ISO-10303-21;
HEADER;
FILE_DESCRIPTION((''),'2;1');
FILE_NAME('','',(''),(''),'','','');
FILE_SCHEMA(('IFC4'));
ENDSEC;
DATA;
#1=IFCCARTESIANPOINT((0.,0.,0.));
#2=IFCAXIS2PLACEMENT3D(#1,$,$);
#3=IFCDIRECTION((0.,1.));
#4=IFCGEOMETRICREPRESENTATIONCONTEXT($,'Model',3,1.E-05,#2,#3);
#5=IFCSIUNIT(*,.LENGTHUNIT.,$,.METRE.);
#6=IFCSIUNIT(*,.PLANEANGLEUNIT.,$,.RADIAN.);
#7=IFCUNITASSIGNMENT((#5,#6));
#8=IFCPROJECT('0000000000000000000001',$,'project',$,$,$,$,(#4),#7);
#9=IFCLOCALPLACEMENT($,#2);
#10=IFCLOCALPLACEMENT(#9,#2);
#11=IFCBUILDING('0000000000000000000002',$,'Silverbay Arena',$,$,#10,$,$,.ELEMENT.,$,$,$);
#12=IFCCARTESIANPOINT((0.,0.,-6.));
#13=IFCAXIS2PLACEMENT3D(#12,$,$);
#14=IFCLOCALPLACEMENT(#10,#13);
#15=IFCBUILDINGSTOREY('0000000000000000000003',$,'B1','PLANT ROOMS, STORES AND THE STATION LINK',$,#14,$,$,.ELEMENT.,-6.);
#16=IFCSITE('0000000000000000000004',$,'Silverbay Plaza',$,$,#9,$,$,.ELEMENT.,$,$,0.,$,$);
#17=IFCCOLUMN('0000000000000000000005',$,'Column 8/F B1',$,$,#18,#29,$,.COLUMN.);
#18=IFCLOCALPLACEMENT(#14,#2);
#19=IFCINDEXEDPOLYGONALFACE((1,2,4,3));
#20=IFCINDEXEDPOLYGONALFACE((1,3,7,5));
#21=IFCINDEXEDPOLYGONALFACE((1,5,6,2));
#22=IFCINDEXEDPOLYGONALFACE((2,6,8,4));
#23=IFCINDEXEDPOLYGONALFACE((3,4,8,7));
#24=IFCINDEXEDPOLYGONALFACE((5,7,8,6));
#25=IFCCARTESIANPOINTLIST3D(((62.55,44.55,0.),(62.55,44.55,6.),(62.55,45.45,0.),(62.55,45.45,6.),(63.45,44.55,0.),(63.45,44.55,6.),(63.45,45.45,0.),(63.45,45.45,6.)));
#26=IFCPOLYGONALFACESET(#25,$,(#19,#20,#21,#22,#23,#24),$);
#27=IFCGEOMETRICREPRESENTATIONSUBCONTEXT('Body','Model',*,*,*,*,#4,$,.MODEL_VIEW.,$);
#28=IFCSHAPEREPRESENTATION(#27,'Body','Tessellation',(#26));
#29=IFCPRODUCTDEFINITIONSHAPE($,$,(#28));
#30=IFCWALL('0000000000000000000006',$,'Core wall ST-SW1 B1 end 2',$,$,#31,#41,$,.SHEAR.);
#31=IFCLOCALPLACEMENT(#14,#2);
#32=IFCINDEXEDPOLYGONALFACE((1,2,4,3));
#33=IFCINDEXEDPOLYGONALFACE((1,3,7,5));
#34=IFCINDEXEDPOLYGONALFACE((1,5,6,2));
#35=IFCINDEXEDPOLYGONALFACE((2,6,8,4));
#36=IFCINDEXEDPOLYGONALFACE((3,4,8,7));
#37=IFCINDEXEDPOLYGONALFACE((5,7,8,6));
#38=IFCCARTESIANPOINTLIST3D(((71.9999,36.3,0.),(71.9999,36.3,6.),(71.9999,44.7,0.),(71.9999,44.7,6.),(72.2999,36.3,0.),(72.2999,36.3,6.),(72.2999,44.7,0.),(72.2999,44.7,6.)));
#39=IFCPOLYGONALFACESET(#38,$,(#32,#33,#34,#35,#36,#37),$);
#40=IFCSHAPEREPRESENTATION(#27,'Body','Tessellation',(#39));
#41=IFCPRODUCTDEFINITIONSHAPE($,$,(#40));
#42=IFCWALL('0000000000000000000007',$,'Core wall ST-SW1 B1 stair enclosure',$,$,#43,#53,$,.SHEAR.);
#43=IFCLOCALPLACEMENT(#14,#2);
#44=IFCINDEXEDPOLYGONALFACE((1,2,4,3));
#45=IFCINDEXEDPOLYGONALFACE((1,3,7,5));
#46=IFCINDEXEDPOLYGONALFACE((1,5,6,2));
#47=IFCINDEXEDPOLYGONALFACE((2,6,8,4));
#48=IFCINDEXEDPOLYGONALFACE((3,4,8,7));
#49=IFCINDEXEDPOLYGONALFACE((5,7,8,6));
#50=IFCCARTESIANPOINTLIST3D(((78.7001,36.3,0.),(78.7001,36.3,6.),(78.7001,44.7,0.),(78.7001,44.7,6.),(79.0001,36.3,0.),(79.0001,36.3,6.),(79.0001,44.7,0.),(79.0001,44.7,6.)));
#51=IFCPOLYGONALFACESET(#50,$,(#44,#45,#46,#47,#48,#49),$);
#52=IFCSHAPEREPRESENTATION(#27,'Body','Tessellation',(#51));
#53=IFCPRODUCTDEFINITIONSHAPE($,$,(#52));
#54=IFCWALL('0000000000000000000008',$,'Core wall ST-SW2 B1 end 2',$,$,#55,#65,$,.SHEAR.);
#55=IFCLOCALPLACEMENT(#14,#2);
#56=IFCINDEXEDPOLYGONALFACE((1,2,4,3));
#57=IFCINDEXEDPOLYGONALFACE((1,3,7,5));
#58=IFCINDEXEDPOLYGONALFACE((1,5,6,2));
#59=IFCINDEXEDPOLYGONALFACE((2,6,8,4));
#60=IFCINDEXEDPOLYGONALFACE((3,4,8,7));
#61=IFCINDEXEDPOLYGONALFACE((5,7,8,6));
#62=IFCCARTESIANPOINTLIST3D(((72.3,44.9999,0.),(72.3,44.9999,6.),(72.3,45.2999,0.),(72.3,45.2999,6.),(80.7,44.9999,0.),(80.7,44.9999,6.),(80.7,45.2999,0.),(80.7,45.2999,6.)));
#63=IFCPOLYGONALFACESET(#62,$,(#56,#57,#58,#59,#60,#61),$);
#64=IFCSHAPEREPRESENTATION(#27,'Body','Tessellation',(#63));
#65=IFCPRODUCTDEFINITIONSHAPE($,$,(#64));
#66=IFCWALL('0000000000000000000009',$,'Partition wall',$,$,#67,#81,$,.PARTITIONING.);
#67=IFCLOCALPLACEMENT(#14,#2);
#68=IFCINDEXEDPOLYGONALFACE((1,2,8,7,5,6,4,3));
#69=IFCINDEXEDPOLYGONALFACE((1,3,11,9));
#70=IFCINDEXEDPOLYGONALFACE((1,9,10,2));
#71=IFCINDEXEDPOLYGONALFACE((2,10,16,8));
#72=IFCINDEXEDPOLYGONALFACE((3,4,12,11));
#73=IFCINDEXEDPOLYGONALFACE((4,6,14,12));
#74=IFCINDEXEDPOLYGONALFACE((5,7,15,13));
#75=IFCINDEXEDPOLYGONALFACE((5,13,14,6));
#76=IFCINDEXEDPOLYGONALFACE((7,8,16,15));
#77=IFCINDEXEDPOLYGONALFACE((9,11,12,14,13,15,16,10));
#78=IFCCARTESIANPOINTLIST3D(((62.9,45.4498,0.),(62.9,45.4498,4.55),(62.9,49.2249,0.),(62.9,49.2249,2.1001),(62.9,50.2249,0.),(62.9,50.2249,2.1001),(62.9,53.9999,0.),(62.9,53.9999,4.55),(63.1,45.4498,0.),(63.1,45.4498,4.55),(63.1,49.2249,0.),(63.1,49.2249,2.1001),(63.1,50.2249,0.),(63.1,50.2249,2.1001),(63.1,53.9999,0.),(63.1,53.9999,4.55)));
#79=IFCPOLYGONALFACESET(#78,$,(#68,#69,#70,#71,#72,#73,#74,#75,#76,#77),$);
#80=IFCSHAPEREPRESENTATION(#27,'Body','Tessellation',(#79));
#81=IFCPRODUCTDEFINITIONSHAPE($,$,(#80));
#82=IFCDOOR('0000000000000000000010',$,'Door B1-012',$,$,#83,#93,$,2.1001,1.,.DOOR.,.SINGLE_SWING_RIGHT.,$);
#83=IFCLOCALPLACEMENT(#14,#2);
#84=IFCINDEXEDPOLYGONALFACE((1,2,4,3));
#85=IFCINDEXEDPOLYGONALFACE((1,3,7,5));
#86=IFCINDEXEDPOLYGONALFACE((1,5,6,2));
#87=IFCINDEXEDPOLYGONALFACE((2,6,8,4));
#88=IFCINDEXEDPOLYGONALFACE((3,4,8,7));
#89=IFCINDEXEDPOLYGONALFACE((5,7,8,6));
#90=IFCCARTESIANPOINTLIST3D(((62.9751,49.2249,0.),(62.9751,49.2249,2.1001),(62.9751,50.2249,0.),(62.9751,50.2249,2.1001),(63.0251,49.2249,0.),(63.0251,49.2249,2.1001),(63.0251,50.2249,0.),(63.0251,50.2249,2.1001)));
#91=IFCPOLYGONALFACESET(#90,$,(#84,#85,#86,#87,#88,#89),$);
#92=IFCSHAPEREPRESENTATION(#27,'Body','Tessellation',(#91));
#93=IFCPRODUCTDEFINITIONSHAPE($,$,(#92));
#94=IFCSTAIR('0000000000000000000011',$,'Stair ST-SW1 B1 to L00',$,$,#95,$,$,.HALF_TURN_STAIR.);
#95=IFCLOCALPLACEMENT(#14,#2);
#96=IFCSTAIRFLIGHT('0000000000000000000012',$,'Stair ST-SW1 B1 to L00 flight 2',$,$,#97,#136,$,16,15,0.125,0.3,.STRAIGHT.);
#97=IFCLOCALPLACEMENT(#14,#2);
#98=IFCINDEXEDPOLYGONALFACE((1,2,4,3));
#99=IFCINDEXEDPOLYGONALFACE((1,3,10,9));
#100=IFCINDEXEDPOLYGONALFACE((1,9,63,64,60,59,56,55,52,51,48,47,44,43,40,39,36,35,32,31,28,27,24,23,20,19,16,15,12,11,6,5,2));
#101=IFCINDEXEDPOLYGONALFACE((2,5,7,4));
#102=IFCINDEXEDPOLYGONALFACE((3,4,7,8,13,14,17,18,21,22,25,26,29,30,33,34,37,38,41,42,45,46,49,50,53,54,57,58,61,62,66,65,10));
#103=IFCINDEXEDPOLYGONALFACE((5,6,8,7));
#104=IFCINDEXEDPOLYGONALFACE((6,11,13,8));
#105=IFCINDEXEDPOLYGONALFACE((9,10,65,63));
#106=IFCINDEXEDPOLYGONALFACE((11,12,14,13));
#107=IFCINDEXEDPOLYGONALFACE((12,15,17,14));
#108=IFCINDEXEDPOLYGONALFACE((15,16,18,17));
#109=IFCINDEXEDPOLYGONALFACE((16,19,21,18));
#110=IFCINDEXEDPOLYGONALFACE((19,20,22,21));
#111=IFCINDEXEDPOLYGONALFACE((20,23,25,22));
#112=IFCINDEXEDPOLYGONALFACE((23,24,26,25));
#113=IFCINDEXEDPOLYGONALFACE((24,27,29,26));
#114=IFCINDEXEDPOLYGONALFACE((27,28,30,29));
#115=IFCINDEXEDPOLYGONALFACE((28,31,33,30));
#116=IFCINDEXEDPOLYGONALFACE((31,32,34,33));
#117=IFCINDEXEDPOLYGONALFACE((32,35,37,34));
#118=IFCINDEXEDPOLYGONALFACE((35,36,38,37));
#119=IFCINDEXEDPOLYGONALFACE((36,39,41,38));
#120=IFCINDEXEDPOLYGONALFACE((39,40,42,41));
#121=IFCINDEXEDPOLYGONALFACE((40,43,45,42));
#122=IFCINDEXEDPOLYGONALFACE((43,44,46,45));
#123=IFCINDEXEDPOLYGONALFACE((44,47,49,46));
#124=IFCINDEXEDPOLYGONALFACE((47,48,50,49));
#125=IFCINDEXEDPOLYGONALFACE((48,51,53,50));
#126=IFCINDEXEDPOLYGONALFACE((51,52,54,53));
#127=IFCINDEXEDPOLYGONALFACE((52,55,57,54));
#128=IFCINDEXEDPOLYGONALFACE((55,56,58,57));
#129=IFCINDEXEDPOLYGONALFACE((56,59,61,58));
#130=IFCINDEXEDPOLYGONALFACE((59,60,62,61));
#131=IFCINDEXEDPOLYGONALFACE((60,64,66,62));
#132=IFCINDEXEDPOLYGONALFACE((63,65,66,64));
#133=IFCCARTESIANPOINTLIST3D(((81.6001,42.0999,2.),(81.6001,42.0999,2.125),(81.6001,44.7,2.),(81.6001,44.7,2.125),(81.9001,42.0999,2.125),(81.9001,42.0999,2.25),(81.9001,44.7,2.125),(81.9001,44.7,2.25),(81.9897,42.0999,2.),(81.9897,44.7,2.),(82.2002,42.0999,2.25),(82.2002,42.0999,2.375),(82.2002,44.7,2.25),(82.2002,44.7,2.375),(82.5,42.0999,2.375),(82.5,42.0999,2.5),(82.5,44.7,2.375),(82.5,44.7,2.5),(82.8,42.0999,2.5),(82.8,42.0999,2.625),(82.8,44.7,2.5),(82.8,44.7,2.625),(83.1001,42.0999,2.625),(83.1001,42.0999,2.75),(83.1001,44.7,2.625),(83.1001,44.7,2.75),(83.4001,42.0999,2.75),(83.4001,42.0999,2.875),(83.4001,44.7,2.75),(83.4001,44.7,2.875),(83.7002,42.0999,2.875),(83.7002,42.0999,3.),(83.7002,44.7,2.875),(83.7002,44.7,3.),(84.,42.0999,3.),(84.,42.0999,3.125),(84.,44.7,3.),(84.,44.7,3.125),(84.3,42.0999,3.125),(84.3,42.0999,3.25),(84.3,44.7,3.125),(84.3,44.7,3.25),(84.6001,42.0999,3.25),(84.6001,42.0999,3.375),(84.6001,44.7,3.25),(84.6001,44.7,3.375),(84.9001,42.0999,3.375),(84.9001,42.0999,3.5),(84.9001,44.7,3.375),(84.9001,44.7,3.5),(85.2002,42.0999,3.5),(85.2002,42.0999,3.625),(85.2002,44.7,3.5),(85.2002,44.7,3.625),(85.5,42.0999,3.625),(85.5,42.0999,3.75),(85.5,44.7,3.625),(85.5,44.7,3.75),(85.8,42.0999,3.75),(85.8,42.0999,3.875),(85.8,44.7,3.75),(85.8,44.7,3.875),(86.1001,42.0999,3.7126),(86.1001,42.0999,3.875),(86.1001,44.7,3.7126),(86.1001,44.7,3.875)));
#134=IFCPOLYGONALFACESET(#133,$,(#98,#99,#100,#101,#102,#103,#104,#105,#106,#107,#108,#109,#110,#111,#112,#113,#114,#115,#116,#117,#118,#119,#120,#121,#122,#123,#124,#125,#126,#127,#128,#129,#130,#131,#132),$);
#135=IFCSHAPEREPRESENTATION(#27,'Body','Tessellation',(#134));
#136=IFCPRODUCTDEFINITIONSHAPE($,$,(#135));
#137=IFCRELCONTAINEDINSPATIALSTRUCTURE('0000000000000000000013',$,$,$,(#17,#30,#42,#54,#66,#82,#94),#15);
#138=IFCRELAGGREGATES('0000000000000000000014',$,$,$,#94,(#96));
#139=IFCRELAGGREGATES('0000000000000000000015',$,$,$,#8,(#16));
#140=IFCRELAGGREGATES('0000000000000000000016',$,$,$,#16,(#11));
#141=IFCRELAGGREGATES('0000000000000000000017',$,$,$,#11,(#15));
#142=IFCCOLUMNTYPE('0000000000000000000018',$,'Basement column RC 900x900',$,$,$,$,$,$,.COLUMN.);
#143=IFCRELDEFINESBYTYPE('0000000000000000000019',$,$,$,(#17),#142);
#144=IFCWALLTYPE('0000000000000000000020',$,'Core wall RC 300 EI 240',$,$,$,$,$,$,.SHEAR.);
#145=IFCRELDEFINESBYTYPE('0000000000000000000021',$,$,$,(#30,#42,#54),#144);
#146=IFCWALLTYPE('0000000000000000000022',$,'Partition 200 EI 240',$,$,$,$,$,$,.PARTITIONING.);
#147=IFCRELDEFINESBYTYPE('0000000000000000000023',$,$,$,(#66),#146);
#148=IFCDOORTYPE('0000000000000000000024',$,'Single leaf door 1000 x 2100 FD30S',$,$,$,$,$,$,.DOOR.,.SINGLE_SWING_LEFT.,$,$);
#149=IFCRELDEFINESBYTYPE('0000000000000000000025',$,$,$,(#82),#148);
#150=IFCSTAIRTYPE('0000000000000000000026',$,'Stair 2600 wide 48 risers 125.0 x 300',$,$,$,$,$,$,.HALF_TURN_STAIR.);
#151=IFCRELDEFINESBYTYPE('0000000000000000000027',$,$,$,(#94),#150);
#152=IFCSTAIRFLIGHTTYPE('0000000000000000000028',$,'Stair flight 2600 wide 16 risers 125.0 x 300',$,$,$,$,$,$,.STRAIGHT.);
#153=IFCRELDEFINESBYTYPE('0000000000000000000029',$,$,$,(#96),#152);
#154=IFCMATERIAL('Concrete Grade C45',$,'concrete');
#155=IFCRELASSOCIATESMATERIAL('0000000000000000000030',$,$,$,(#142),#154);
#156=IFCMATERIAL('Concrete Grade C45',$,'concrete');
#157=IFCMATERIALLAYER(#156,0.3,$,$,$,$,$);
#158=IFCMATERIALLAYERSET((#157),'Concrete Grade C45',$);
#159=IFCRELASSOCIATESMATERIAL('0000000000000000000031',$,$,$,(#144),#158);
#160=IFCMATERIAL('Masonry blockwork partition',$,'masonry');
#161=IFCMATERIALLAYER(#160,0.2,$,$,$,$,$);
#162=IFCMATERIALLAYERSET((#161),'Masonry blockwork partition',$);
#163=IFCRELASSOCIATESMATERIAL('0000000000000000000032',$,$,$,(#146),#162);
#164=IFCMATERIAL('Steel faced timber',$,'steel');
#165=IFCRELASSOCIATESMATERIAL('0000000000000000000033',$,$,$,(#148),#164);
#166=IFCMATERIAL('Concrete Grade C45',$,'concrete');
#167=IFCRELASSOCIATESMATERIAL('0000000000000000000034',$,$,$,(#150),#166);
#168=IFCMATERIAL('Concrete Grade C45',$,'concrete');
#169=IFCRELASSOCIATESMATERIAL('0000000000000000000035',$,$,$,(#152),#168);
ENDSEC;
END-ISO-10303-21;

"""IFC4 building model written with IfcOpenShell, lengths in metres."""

from ifc_helpers import new_model, si_unit, direction, frame, frame_2d, origin, origin_2d, place, context, subcontext, project, spatial, polyline, rectangle, outline, extrude, material, layer, layer_set, material_profile, profile_set, type_object, element, fill, aggregate, save


model = new_model("IFC4")

# Units and contexts
model_context = context("Model", 3, precision=1e-05, world=origin(), true_north=direction((0.0, 1.0)))
body_context = subcontext(model_context, "Body", "Model", "MODEL_VIEW")
ifc_project = project(units=[si_unit("LENGTHUNIT", "METRE"), si_unit("PLANEANGLEUNIT", "RADIAN")], contexts=[model_context])

# Site, building, storey
site_placement = place(None, origin())
site = spatial("IfcSite", under=ifc_project, at=site_placement, Name="Silverbay Plaza", CompositionType="ELEMENT", RefElevation=0.0)
building_placement = place(site_placement, origin())
building = spatial("IfcBuilding", under=site, at=building_placement, Name="Silverbay Arena", CompositionType="ELEMENT")
storey_placement = place(building_placement, frame((0.0, 0.0, -6.0)))
storey = spatial("IfcBuildingStorey", under=building, at=storey_placement, Name="B1", Description="PLANT ROOMS, STORES AND THE STATION LINK", CompositionType="ELEMENT", Elevation=-6.0)

# Column
ifc_material_1 = material(Name="Concrete Grade C45", Category="concrete")
ifc_material_profile_1 = material_profile(ifc_material_1, rectangle(XDim=0.8999, YDim=0.8999, at=origin_2d()), Name="RC 900x900")
ifc_profile_set_1 = profile_set([ifc_material_profile_1], Name="Concrete Grade C45")
column_type = type_object("IfcColumnType", Name="Basement column RC 900x900", PredefinedType="COLUMN", material=ifc_profile_set_1)
column_placement = place(storey_placement, frame((63.0, 45.0, 0.0), z_axis=(0.0, 0.0, 1.0), x_axis=(1.0, 0.0, 0.0)))
element("IfcColumn", 1, at=column_placement, inside=storey, type_object=column_type, Name="Column 8/F B1", PredefinedType="COLUMN", context=body_context, shape_type="SweptSolid", body=[
    extrude(rectangle(XDim=0.8999, YDim=0.8999, at=origin_2d()), origin(), (0.0, 0.0, 1.0), 6.0),
])

# Walls
ifc_material_2 = material(Name="Concrete Grade C45", Category="concrete")
ifc_layer_1 = layer(ifc_material_2, 0.3)
ifc_layer_set_1 = layer_set([ifc_layer_1], Name="Concrete Grade C45")
wall_type_1 = type_object("IfcWallType", Name="Core wall RC 300 EI 240", PredefinedType="SHEAR", material=ifc_layer_set_1)
for number, where, z_axis, x_axis, name in (
    (2, (72.1499, 44.7, 0.0), (0.0, 0.0, 1.0), (0.0, -1.0, 0.0), "Core wall ST-SW1 B1 end 2"),
    (3, (78.8501, 44.7, 0.0), (0.0, 0.0, 1.0), (0.0, -1.0, 0.0), "Core wall ST-SW1 B1 stair enclosure"),
    (4, (80.7, 45.1499, 0.0), (0.0, 0.0, 1.0), (-1.0, 0.0, 0.0), "Core wall ST-SW2 B1 end 2"),
):
    element("IfcWall", number, at=place(storey_placement, frame(where, z_axis=z_axis, x_axis=x_axis)), inside=storey, type_object=wall_type_1, Name=name, PredefinedType="SHEAR", context=body_context, shape_type="SweptSolid", body=[
        extrude(rectangle(XDim=8.3999, YDim=0.3, at=frame_2d((4.2, 0.0))), origin(), (0.0, 0.0, 1.0), 6.0),
    ])

# Wall, opening, door
ifc_material_3 = material(Name="Masonry blockwork partition", Category="masonry")
ifc_layer_2 = layer(ifc_material_3, 0.2)
ifc_layer_set_2 = layer_set([ifc_layer_2], Name="Masonry blockwork partition")
wall_type_2 = type_object("IfcWallType", Name="Partition 200 EI 240", PredefinedType="PARTITIONING", material=ifc_layer_set_2)
wall_placement = place(storey_placement, frame((63.0, 45.45, 0.0), z_axis=(0.0, 0.0, 1.0), x_axis=(0.0, 1.0, 0.0)))
wall = element("IfcWall", 5, at=wall_placement, inside=storey, type_object=wall_type_2, Name="Partition wall", PredefinedType="PARTITIONING", context=body_context, shape_type="SweptSolid", body=[
    extrude(rectangle(XDim=8.55, YDim=0.2, at=frame_2d((4.2749, 0.0))), origin(), (0.0, 0.0, 1.0), 4.55),
])
opening_placement = place(wall_placement, frame((3.7749, 0.0, 0.0)))
opening = element("IfcOpeningElement", 6, at=opening_placement, cuts=wall, PredefinedType="OPENING", context=body_context, shape_type="SweptSolid", body=[
    extrude(rectangle(XDim=1.0, YDim=2.1001, at=frame_2d((0.5, 1.05))), frame((0.0, 0.1099, 0.0), z_axis=(0.0, -1.0, 0.0), x_axis=(1.0, 0.0, 0.0)), (0.0, 0.0, 1.0), 0.22),
])
ifc_material_4 = material(Name="Steel faced timber", Category="steel")
door_type = type_object("IfcDoorType", Name="Single leaf door 1000 x 2100 FD30S", OperationType="SINGLE_SWING_LEFT", PredefinedType="DOOR", material=ifc_material_4)
door_placement = place(opening_placement, origin())
door = element("IfcDoor", 7, at=door_placement, inside=storey, type_object=door_type, Name="Door B1-012", OperationType="SINGLE_SWING_RIGHT", OverallHeight=2.1001, OverallWidth=1.0, PredefinedType="DOOR", context=body_context, shape_type="SweptSolid", body=[
    extrude(rectangle(XDim=1.0, YDim=2.1001, at=frame_2d((0.5, 1.05))), frame((0.0, 0.0249, 0.0), z_axis=(0.0, -1.0, 0.0), x_axis=(1.0, 0.0, 0.0)), (0.0, 0.0, 1.0), 0.05),
])
fill(opening, door)

# Stair, stair flight
ifc_material_5 = material(Name="Concrete Grade C45", Category="concrete")
stair_type = type_object("IfcStairType", Name="Stair 2600 wide 48 risers 125.0 x 300", PredefinedType="HALF_TURN_STAIR", material=ifc_material_5)
stair_placement = place(storey_placement, origin())
stair = element("IfcStair", 8, at=stair_placement, inside=storey, type_object=stair_type, Name="Stair ST-SW1 B1 to L00", PredefinedType="HALF_TURN_STAIR")
ifc_material_6 = material(Name="Concrete Grade C45", Category="concrete")
stair_flight_type = type_object("IfcStairFlightType", Name="Stair flight 2600 wide 16 risers 125.0 x 300", PredefinedType="STRAIGHT", material=ifc_material_6)
stair_flight_placement = place(storey_placement, frame((81.6001, 43.3999, 2.0), z_axis=(0.0, 0.0, 1.0), x_axis=(1.0, 0.0, 0.0)))
stair_flight = element("IfcStairFlight", 9, at=stair_flight_placement, type_object=stair_flight_type, Name="Stair ST-SW1 B1 to L00 flight 2", NumberOfRisers=16, NumberOfTreads=15, PredefinedType="STRAIGHT", RiserHeight=0.125, TreadLength=0.3, context=body_context, shape_type="SweptSolid", body=[
    extrude(outline(polyline([(0.0, 0.0), (0.0, 0.125), (0.3, 0.125), (0.3, 0.25), (0.6001, 0.25), (0.6001, 0.375), (0.8999, 0.375), (0.8999, 0.5), (1.2, 0.5), (1.2, 0.625), (1.5, 0.625), (1.5, 0.75), (1.8, 0.75), (1.8, 0.875), (2.1001, 0.875), (2.1001, 1.0), (2.3999, 1.0), (2.3999, 1.125), (2.7, 1.125), (2.7, 1.25), (3.0, 1.25), (3.0, 1.375), (3.3, 1.375), (3.3, 1.5), (3.6001, 1.5), (3.6001, 1.625), (3.8999, 1.625), (3.8999, 1.75), (4.2, 1.75), (4.2, 1.875), (4.5, 1.875), (4.5, 1.7126), (0.3896, 0.0), (0.0, 0.0)])), frame((0.0, 1.3, 0.0), z_axis=(0.0, -1.0, 0.0), x_axis=(1.0, 0.0, 0.0)), (0.0, 0.0, 1.0), 2.6001),
])
aggregate(stair, [stair_flight])

save(model, "model.ifc")
